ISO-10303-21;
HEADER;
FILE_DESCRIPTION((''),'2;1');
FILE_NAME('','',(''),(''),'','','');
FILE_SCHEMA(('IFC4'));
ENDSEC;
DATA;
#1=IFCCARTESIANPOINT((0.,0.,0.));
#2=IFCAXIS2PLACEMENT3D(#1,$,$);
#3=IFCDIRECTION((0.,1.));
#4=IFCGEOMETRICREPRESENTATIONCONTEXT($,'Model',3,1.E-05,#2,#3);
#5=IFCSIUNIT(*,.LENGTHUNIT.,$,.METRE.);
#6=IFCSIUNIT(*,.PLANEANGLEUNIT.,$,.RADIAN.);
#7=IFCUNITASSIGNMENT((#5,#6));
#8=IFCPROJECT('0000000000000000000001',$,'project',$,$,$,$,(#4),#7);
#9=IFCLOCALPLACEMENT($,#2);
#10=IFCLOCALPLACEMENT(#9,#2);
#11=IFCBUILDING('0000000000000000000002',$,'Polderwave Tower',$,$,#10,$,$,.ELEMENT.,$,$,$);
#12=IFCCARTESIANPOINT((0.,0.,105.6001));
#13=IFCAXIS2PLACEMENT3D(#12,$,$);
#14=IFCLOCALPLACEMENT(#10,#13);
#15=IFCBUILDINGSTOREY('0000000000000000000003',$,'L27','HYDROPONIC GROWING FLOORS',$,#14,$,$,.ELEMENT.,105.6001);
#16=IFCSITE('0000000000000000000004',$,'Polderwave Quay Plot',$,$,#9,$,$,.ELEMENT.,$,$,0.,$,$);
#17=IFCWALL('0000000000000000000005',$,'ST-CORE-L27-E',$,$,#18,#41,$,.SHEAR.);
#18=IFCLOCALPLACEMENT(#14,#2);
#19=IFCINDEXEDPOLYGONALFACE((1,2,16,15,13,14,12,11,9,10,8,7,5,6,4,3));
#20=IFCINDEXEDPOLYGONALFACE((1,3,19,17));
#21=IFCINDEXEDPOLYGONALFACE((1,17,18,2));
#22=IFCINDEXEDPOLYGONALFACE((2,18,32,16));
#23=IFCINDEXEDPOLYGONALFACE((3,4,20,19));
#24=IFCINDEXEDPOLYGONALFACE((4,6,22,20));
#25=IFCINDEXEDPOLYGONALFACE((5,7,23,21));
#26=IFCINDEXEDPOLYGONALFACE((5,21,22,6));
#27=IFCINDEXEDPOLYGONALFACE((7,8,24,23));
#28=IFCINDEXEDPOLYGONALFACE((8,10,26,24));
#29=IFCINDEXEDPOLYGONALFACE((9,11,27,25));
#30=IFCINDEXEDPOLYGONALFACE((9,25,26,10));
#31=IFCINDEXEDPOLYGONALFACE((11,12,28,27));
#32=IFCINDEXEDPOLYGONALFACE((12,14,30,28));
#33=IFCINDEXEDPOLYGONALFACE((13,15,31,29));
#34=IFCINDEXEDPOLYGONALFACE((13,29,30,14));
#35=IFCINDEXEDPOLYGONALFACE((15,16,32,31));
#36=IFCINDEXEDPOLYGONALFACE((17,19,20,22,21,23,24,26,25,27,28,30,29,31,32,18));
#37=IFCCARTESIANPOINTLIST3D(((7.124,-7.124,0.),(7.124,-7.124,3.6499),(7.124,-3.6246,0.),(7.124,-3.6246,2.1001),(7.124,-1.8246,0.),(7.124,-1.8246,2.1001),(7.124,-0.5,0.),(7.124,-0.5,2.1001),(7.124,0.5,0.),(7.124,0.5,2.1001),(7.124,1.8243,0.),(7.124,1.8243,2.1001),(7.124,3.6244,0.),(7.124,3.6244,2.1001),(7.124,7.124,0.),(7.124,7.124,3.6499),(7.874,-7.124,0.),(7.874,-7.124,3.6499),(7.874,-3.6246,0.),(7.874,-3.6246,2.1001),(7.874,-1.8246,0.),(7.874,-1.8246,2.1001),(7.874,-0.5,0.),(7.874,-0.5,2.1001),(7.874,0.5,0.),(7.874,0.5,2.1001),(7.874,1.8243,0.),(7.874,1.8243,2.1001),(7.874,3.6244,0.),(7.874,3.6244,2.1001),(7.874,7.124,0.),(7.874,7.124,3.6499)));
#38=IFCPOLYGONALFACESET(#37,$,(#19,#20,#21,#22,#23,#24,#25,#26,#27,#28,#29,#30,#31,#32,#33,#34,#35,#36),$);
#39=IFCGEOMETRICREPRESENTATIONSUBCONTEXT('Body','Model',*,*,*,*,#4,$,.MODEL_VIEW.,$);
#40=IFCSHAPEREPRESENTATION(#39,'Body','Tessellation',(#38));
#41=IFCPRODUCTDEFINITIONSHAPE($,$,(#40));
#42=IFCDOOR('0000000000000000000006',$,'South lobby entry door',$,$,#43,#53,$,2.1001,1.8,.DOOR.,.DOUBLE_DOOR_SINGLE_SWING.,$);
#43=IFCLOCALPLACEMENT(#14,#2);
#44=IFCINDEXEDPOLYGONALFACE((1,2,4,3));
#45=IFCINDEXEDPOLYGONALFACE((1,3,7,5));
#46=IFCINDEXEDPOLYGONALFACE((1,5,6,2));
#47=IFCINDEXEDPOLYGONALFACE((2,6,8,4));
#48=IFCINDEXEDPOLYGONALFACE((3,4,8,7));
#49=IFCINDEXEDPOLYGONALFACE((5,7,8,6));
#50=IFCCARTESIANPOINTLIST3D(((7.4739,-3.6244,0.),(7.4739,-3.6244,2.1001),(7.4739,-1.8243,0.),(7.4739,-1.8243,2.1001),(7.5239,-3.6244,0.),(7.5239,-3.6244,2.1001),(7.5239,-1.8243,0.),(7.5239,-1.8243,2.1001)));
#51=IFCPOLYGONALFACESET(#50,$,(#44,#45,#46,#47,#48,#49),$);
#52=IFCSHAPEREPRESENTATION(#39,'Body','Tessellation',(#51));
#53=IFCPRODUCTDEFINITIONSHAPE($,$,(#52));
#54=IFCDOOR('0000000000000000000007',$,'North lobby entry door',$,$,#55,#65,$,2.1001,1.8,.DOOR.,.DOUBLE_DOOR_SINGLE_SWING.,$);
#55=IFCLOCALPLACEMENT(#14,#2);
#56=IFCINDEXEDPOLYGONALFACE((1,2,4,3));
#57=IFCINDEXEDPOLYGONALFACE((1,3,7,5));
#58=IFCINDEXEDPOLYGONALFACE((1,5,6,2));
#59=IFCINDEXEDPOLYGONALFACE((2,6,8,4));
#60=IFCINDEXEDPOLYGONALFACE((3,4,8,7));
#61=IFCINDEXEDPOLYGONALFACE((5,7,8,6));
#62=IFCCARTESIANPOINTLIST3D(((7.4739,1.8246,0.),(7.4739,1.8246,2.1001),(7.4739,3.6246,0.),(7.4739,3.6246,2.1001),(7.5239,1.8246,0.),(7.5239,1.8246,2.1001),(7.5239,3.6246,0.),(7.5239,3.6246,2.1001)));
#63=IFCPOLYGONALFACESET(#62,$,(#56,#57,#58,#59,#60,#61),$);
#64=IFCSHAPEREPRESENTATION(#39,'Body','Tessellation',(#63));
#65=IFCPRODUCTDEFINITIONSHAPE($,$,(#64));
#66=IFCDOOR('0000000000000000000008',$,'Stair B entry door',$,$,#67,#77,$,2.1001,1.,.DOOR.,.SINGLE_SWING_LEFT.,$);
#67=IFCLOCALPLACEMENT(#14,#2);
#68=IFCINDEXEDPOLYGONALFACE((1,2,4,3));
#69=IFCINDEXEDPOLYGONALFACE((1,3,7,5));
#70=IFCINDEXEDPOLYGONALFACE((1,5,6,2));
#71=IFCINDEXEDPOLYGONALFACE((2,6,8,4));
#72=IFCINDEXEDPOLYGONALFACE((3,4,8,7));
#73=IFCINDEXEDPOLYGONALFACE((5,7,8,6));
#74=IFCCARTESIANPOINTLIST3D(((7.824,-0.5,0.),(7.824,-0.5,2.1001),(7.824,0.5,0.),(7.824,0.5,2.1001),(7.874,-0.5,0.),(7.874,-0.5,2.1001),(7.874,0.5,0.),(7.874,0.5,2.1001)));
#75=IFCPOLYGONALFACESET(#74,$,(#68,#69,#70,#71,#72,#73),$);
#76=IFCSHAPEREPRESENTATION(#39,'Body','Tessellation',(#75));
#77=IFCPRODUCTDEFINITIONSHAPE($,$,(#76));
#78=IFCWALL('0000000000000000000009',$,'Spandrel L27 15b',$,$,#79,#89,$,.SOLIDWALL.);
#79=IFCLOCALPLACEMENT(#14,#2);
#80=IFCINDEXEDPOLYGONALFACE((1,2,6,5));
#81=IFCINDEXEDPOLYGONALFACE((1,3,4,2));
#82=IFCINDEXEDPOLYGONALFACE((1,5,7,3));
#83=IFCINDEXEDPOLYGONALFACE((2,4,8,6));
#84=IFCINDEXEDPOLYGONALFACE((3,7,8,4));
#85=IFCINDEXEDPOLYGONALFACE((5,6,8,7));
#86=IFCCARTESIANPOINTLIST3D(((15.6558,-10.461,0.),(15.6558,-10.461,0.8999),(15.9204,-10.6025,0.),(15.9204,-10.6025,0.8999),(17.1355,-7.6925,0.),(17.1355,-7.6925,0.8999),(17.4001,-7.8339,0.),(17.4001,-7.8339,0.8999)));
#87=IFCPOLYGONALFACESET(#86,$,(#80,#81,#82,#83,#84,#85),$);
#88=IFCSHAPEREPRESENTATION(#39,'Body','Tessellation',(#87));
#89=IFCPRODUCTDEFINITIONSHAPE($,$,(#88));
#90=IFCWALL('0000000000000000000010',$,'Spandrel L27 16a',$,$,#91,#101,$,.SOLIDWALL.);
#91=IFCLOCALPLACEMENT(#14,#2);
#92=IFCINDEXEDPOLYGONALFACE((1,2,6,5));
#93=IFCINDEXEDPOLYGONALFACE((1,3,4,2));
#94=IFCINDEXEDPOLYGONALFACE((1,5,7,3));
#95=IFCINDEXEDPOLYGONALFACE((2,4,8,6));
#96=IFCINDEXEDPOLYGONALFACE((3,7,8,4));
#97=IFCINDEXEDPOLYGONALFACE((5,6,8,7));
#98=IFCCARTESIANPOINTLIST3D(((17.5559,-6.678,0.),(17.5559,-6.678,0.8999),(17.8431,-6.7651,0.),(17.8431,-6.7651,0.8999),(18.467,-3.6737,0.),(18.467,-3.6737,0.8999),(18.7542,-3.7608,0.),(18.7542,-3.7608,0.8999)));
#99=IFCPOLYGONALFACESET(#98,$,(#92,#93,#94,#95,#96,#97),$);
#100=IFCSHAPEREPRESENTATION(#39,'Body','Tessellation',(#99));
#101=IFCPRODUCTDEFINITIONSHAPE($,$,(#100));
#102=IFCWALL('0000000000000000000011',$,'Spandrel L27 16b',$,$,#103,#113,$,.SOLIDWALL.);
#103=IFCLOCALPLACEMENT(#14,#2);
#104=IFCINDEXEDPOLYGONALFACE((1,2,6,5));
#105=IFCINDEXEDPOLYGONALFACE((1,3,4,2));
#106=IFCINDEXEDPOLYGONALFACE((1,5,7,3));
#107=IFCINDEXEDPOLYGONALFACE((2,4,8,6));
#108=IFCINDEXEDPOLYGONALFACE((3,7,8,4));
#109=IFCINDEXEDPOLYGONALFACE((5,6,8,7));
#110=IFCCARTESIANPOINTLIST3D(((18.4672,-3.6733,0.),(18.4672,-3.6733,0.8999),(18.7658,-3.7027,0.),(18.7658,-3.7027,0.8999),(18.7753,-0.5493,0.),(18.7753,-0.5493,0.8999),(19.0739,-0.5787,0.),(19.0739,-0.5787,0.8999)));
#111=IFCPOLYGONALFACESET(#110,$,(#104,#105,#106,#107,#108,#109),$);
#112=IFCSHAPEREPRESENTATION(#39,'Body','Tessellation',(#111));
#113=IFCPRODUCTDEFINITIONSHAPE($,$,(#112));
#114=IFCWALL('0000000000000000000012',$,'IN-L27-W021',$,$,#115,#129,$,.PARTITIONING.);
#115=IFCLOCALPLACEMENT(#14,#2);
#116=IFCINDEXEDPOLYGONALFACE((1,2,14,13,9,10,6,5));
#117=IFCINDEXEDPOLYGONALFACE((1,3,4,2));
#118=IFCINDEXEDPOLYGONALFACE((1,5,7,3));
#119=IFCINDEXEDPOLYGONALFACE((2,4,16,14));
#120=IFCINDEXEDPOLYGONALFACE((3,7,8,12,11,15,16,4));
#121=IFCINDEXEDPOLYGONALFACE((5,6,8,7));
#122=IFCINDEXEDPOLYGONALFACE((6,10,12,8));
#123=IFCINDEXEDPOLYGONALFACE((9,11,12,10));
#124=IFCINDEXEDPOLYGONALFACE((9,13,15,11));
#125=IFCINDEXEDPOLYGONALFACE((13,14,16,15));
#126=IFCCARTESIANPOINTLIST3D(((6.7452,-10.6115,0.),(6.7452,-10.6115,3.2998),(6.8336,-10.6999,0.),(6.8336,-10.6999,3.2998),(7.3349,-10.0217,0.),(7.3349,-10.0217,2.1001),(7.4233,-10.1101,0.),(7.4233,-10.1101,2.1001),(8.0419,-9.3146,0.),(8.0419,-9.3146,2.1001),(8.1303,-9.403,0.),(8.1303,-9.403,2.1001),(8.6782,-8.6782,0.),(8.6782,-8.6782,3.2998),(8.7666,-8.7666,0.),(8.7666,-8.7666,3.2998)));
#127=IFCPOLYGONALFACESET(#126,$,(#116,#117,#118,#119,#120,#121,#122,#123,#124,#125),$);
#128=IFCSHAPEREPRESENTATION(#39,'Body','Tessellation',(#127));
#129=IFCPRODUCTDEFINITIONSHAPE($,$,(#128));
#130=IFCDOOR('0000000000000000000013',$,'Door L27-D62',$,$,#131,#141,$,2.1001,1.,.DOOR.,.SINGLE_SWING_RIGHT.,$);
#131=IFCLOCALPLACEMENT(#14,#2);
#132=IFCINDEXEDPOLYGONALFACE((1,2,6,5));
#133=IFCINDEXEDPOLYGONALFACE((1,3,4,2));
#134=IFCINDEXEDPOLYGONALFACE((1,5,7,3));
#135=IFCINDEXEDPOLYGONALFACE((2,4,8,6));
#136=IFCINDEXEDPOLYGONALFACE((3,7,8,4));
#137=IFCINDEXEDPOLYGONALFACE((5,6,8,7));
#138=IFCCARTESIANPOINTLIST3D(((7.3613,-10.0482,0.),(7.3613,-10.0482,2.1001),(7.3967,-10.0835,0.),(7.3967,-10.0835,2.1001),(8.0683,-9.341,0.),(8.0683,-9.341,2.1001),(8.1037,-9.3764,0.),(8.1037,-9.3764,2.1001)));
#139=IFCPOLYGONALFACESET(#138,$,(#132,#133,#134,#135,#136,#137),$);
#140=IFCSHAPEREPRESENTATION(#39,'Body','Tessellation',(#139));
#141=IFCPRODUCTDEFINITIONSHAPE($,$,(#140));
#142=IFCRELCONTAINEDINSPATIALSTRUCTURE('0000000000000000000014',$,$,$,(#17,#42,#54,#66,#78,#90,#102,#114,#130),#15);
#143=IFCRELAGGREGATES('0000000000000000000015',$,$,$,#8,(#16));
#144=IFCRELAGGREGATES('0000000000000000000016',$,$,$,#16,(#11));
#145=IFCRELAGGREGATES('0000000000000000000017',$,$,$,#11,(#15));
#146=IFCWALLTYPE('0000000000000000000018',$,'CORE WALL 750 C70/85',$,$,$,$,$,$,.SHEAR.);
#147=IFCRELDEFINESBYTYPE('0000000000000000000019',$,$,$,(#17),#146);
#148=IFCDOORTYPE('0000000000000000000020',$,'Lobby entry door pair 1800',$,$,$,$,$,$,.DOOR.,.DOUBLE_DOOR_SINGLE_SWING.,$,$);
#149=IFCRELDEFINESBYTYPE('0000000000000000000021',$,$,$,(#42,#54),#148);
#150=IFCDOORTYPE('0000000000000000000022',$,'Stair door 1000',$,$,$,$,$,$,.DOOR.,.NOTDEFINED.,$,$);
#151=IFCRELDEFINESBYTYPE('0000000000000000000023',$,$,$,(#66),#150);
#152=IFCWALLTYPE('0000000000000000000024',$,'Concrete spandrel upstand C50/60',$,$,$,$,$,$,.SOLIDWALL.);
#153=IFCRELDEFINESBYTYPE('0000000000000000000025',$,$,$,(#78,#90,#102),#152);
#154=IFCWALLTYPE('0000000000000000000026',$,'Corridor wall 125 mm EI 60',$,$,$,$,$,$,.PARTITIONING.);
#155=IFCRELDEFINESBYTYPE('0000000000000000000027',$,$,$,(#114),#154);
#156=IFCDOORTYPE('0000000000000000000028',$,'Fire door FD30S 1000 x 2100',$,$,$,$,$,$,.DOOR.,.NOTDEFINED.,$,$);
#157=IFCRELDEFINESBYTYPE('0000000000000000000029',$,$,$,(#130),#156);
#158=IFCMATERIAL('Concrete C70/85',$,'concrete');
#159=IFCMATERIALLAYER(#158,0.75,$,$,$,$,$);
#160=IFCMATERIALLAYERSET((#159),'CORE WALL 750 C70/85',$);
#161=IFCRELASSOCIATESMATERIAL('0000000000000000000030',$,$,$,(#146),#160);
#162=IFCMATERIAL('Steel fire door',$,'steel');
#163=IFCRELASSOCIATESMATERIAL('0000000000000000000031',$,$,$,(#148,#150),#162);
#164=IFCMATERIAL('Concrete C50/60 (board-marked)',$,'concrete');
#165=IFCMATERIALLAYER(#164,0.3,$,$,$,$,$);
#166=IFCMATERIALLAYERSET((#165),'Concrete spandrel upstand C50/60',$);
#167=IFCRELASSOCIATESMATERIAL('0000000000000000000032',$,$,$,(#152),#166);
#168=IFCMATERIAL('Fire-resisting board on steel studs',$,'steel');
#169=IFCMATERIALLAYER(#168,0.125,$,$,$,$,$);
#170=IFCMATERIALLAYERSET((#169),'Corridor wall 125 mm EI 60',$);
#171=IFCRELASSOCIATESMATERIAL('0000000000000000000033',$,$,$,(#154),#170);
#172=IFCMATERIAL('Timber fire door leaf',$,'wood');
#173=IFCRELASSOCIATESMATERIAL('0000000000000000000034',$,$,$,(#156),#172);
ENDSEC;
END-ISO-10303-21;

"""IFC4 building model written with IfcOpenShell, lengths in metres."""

from ifc_helpers import new_model, si_unit, direction, frame, frame_2d, origin, place, context, subcontext, project, spatial, rectangle, extrude, material, layer, layer_set, type_object, element, fill, save


model = new_model("IFC4")

# Units and contexts
model_context = context("Model", 3, precision=1e-05, world=origin(), true_north=direction((0.0, 1.0)))
body_context = subcontext(model_context, "Body", "Model", "MODEL_VIEW")
ifc_project = project(units=[si_unit("LENGTHUNIT", "METRE"), si_unit("PLANEANGLEUNIT", "RADIAN")], contexts=[model_context])

# Site, building, storey
site_placement = place(None, origin())
site = spatial("IfcSite", under=ifc_project, at=site_placement, Name="Polderwave Quay Plot", CompositionType="ELEMENT", RefElevation=0.0)
building_placement = place(site_placement, origin())
building = spatial("IfcBuilding", under=site, at=building_placement, Name="Polderwave Tower", CompositionType="ELEMENT")
storey_placement = place(building_placement, frame((0.0, 0.0, 105.6001)))
storey = spatial("IfcBuildingStorey", under=building, at=storey_placement, Name="L27", Description="HYDROPONIC GROWING FLOORS", CompositionType="ELEMENT", Elevation=105.6001)

# Shared definitions
ifc_material_1 = material(Name="Concrete C70/85", Category="concrete")

# Wall, openings, doors
ifc_layer_1 = layer(ifc_material_1, 0.75)
ifc_layer_set_1 = layer_set([ifc_layer_1], Name="CORE WALL 750 C70/85")
wall_type_1 = type_object("IfcWallType", Name="CORE WALL 750 C70/85", PredefinedType="SHEAR", material=ifc_layer_set_1)
wall_1_placement = place(storey_placement, frame((7.499, -7.124, 0.0), z_axis=(0.0, 0.0, 1.0), x_axis=(0.0, 1.0, 0.0)))
wall_1 = element("IfcWall", 1, at=wall_1_placement, inside=storey, type_object=wall_type_1, Name="ST-CORE-L27-E", PredefinedType="SHEAR", context=body_context, shape_type="SweptSolid", body=[
    extrude(rectangle(XDim=14.248, YDim=0.75, at=frame_2d((7.124, 0.0))), origin(), (0.0, 0.0, 1.0), 3.6499),
])
opening_1_placement = place(wall_1_placement, frame((6.624, 0.0, 0.0)))
opening_1 = element("IfcOpeningElement", 2, at=opening_1_placement, cuts=wall_1, PredefinedType="OPENING", context=body_context, shape_type="SweptSolid", body=[
    extrude(rectangle(XDim=1.0, YDim=2.1001, at=frame_2d((0.5, 1.05))), frame((0.0, 0.385, 0.0), z_axis=(0.0, -1.0, 0.0), x_axis=(1.0, 0.0, 0.0)), (0.0, 0.0, 1.0), 0.77),
])
opening_2_placement = place(wall_1_placement, frame((3.4995, 0.0, 0.0)))
opening_2 = element("IfcOpeningElement", 3, at=opening_2_placement, cuts=wall_1, PredefinedType="OPENING", context=body_context, shape_type="SweptSolid", body=[
    extrude(rectangle(XDim=1.8, YDim=2.1001, at=frame_2d((0.8999, 1.05))), frame((0.0, 0.385, 0.0), z_axis=(0.0, -1.0, 0.0), x_axis=(1.0, 0.0, 0.0)), (0.0, 0.0, 1.0), 0.77),
])
opening_3_placement = place(wall_1_placement, frame((8.9485, 0.0, 0.0)))
opening_3 = element("IfcOpeningElement", 4, at=opening_3_placement, cuts=wall_1, PredefinedType="OPENING", context=body_context, shape_type="SweptSolid", body=[
    extrude(rectangle(XDim=1.8, YDim=2.1001, at=frame_2d((0.8999, 1.05))), frame((0.0, 0.385, 0.0), z_axis=(0.0, -1.0, 0.0), x_axis=(1.0, 0.0, 0.0)), (0.0, 0.0, 1.0), 0.77),
])
ifc_material_2 = material(Name="Steel fire door", Category="steel")
door_type_1 = type_object("IfcDoorType", Name="Lobby entry door pair 1800", OperationType="DOUBLE_DOOR_SINGLE_SWING", PredefinedType="DOOR", material=ifc_material_2)
door_1_placement = place(opening_2_placement, frame((1.8, 0.0, 0.0), z_axis=(0.0, 0.0, 1.0), x_axis=(-1.0, 0.0, 0.0)))
door_1 = element("IfcDoor", 5, at=door_1_placement, inside=storey, type_object=door_type_1, Name="South lobby entry door", OperationType="DOUBLE_DOOR_SINGLE_SWING", OverallHeight=2.1001, OverallWidth=1.8, PredefinedType="DOOR", context=body_context, shape_type="SweptSolid", body=[
    extrude(rectangle(XDim=1.8, YDim=2.1001, at=frame_2d((0.8999, 1.05))), frame((0.0, 0.0249, 0.0), z_axis=(0.0, -1.0, 0.0), x_axis=(1.0, 0.0, 0.0)), (0.0, 0.0, 1.0), 0.05),
])
fill(opening_2, door_1)
door_2_placement = place(opening_3_placement, frame((1.8, 0.0, 0.0), z_axis=(0.0, 0.0, 1.0), x_axis=(-1.0, 0.0, 0.0)))
door_2 = element("IfcDoor", 6, at=door_2_placement, inside=storey, type_object=door_type_1, Name="North lobby entry door", OperationType="DOUBLE_DOOR_SINGLE_SWING", OverallHeight=2.1001, OverallWidth=1.8, PredefinedType="DOOR", context=body_context, shape_type="SweptSolid", body=[
    extrude(rectangle(XDim=1.8, YDim=2.1001, at=frame_2d((0.8999, 1.05))), frame((0.0, 0.0249, 0.0), z_axis=(0.0, -1.0, 0.0), x_axis=(1.0, 0.0, 0.0)), (0.0, 0.0, 1.0), 0.05),
])
fill(opening_3, door_2)
door_type_2 = type_object("IfcDoorType", Name="Stair door 1000", OperationType="NOTDEFINED", PredefinedType="DOOR", material=ifc_material_2)
door_3_placement = place(opening_1_placement, frame((1.0, 0.0, 0.0), z_axis=(0.0, 0.0, 1.0), x_axis=(-1.0, 0.0, 0.0)))
door_3 = element("IfcDoor", 7, at=door_3_placement, inside=storey, type_object=door_type_2, Name="Stair B entry door", OperationType="SINGLE_SWING_LEFT", OverallHeight=2.1001, OverallWidth=1.0, PredefinedType="DOOR", context=body_context, shape_type="SweptSolid", body=[
    extrude(rectangle(XDim=1.0, YDim=2.1001, at=frame_2d((0.5, 1.05))), frame((0.0, 0.375, 0.0), z_axis=(0.0, -1.0, 0.0), x_axis=(1.0, 0.0, 0.0)), (0.0, 0.0, 1.0), 0.05),
])
fill(opening_1, door_3)

# Walls
ifc_material_3 = material(Name="Concrete C50/60 (board-marked)", Category="concrete")
ifc_layer_2 = layer(ifc_material_3, 0.3)
ifc_layer_set_2 = layer_set([ifc_layer_2], Name="Concrete spandrel upstand C50/60")
wall_type_2 = type_object("IfcWallType", Name="Concrete spandrel upstand C50/60", PredefinedType="SOLIDWALL", material=ifc_layer_set_2)
wall_2_placement = place(storey_placement, frame((15.7881, -10.5317, 0.0), z_axis=(0.0, 0.0, 1.0), x_axis=(0.471375, 0.881933, 0.0)))
element("IfcWall", 8, at=wall_2_placement, inside=storey, type_object=wall_type_2, Name="Spandrel L27 15b", PredefinedType="SOLIDWALL", context=body_context, shape_type="SweptSolid", body=[
    extrude(rectangle(XDim=3.1392, YDim=0.3, at=frame_2d((1.5696, 0.0))), origin(), (0.0, 0.0, 1.0), 0.8999),
])
wall_3_placement = place(storey_placement, frame((17.6995, -6.7217, 0.0), z_axis=(0.0, 0.0, 1.0), x_axis=(0.290215, 0.956962, 0.0)))
element("IfcWall", 9, at=wall_3_placement, inside=storey, type_object=wall_type_2, Name="Spandrel L27 16a", PredefinedType="SOLIDWALL", context=body_context, shape_type="SweptSolid", body=[
    extrude(rectangle(XDim=3.1394, YDim=0.3, at=frame_2d((1.5698, 0.0))), origin(), (0.0, 0.0, 1.0), 0.8999),
])
wall_4_placement = place(storey_placement, frame((18.6165, -3.688, 0.0), z_axis=(0.0, 0.0, 1.0), x_axis=(0.098148, 0.995172, 0.0)))
element("IfcWall", 10, at=wall_4_placement, inside=storey, type_object=wall_type_2, Name="Spandrel L27 16b", PredefinedType="SOLIDWALL", context=body_context, shape_type="SweptSolid", body=[
    extrude(rectangle(XDim=3.1392, YDim=0.3, at=frame_2d((1.5696, 0.0))), origin(), (0.0, 0.0, 1.0), 0.8999),
])

# Wall, opening, door
ifc_material_4 = material(Name="Fire-resisting board on steel studs", Category="steel")
ifc_layer_3 = layer(ifc_material_4, 0.125)
ifc_layer_set_3 = layer_set([ifc_layer_3], Name="Corridor wall 125 mm EI 60")
wall_type_3 = type_object("IfcWallType", Name="Corridor wall 125 mm EI 60", PredefinedType="PARTITIONING", material=ifc_layer_set_3)
wall_5_placement = place(storey_placement, frame((8.7224, -8.7224, 0.0), z_axis=(0.0, 0.0, 1.0), x_axis=(-0.707062, -0.707151, 0.0)))
wall_5 = element("IfcWall", 11, at=wall_5_placement, inside=storey, type_object=wall_type_3, Name="IN-L27-W021", PredefinedType="PARTITIONING", context=body_context, shape_type="SweptSolid", body=[
    extrude(rectangle(XDim=2.7339, YDim=0.125, at=frame_2d((1.3669, 0.0))), origin(), (0.0, 0.0, 1.0), 3.2998),
])
opening_4_placement = place(wall_5_placement, frame((0.8999, 0.0, 0.0)))
opening_4 = element("IfcOpeningElement", 12, at=opening_4_placement, cuts=wall_5, PredefinedType="OPENING", context=body_context, shape_type="SweptSolid", body=[
    extrude(rectangle(XDim=1.0, YDim=2.1001, at=frame_2d((0.5, 1.05))), frame((0.0, 0.0725, 0.0), z_axis=(0.0, -1.0, 0.0), x_axis=(1.0, 0.0, 0.0)), (0.0, 0.0, 1.0), 0.145),
])
ifc_material_5 = material(Name="Timber fire door leaf", Category="wood")
door_type_3 = type_object("IfcDoorType", Name="Fire door FD30S 1000 x 2100", OperationType="NOTDEFINED", PredefinedType="DOOR", material=ifc_material_5)
door_4_placement = place(opening_4_placement, origin())
door_4 = element("IfcDoor", 13, at=door_4_placement, inside=storey, type_object=door_type_3, Name="Door L27-D62", OperationType="SINGLE_SWING_RIGHT", OverallHeight=2.1001, OverallWidth=1.0, PredefinedType="DOOR", context=body_context, shape_type="SweptSolid", body=[
    extrude(rectangle(XDim=1.0, YDim=2.1001, at=frame_2d((0.5, 1.05))), frame((0.0, 0.0249, 0.0), z_axis=(0.0, -1.0, 0.0), x_axis=(1.0, 0.0, 0.0)), (0.0, 0.0, 1.0), 0.05),
])
fill(opening_4, door_4)

save(model, "model.ifc")
